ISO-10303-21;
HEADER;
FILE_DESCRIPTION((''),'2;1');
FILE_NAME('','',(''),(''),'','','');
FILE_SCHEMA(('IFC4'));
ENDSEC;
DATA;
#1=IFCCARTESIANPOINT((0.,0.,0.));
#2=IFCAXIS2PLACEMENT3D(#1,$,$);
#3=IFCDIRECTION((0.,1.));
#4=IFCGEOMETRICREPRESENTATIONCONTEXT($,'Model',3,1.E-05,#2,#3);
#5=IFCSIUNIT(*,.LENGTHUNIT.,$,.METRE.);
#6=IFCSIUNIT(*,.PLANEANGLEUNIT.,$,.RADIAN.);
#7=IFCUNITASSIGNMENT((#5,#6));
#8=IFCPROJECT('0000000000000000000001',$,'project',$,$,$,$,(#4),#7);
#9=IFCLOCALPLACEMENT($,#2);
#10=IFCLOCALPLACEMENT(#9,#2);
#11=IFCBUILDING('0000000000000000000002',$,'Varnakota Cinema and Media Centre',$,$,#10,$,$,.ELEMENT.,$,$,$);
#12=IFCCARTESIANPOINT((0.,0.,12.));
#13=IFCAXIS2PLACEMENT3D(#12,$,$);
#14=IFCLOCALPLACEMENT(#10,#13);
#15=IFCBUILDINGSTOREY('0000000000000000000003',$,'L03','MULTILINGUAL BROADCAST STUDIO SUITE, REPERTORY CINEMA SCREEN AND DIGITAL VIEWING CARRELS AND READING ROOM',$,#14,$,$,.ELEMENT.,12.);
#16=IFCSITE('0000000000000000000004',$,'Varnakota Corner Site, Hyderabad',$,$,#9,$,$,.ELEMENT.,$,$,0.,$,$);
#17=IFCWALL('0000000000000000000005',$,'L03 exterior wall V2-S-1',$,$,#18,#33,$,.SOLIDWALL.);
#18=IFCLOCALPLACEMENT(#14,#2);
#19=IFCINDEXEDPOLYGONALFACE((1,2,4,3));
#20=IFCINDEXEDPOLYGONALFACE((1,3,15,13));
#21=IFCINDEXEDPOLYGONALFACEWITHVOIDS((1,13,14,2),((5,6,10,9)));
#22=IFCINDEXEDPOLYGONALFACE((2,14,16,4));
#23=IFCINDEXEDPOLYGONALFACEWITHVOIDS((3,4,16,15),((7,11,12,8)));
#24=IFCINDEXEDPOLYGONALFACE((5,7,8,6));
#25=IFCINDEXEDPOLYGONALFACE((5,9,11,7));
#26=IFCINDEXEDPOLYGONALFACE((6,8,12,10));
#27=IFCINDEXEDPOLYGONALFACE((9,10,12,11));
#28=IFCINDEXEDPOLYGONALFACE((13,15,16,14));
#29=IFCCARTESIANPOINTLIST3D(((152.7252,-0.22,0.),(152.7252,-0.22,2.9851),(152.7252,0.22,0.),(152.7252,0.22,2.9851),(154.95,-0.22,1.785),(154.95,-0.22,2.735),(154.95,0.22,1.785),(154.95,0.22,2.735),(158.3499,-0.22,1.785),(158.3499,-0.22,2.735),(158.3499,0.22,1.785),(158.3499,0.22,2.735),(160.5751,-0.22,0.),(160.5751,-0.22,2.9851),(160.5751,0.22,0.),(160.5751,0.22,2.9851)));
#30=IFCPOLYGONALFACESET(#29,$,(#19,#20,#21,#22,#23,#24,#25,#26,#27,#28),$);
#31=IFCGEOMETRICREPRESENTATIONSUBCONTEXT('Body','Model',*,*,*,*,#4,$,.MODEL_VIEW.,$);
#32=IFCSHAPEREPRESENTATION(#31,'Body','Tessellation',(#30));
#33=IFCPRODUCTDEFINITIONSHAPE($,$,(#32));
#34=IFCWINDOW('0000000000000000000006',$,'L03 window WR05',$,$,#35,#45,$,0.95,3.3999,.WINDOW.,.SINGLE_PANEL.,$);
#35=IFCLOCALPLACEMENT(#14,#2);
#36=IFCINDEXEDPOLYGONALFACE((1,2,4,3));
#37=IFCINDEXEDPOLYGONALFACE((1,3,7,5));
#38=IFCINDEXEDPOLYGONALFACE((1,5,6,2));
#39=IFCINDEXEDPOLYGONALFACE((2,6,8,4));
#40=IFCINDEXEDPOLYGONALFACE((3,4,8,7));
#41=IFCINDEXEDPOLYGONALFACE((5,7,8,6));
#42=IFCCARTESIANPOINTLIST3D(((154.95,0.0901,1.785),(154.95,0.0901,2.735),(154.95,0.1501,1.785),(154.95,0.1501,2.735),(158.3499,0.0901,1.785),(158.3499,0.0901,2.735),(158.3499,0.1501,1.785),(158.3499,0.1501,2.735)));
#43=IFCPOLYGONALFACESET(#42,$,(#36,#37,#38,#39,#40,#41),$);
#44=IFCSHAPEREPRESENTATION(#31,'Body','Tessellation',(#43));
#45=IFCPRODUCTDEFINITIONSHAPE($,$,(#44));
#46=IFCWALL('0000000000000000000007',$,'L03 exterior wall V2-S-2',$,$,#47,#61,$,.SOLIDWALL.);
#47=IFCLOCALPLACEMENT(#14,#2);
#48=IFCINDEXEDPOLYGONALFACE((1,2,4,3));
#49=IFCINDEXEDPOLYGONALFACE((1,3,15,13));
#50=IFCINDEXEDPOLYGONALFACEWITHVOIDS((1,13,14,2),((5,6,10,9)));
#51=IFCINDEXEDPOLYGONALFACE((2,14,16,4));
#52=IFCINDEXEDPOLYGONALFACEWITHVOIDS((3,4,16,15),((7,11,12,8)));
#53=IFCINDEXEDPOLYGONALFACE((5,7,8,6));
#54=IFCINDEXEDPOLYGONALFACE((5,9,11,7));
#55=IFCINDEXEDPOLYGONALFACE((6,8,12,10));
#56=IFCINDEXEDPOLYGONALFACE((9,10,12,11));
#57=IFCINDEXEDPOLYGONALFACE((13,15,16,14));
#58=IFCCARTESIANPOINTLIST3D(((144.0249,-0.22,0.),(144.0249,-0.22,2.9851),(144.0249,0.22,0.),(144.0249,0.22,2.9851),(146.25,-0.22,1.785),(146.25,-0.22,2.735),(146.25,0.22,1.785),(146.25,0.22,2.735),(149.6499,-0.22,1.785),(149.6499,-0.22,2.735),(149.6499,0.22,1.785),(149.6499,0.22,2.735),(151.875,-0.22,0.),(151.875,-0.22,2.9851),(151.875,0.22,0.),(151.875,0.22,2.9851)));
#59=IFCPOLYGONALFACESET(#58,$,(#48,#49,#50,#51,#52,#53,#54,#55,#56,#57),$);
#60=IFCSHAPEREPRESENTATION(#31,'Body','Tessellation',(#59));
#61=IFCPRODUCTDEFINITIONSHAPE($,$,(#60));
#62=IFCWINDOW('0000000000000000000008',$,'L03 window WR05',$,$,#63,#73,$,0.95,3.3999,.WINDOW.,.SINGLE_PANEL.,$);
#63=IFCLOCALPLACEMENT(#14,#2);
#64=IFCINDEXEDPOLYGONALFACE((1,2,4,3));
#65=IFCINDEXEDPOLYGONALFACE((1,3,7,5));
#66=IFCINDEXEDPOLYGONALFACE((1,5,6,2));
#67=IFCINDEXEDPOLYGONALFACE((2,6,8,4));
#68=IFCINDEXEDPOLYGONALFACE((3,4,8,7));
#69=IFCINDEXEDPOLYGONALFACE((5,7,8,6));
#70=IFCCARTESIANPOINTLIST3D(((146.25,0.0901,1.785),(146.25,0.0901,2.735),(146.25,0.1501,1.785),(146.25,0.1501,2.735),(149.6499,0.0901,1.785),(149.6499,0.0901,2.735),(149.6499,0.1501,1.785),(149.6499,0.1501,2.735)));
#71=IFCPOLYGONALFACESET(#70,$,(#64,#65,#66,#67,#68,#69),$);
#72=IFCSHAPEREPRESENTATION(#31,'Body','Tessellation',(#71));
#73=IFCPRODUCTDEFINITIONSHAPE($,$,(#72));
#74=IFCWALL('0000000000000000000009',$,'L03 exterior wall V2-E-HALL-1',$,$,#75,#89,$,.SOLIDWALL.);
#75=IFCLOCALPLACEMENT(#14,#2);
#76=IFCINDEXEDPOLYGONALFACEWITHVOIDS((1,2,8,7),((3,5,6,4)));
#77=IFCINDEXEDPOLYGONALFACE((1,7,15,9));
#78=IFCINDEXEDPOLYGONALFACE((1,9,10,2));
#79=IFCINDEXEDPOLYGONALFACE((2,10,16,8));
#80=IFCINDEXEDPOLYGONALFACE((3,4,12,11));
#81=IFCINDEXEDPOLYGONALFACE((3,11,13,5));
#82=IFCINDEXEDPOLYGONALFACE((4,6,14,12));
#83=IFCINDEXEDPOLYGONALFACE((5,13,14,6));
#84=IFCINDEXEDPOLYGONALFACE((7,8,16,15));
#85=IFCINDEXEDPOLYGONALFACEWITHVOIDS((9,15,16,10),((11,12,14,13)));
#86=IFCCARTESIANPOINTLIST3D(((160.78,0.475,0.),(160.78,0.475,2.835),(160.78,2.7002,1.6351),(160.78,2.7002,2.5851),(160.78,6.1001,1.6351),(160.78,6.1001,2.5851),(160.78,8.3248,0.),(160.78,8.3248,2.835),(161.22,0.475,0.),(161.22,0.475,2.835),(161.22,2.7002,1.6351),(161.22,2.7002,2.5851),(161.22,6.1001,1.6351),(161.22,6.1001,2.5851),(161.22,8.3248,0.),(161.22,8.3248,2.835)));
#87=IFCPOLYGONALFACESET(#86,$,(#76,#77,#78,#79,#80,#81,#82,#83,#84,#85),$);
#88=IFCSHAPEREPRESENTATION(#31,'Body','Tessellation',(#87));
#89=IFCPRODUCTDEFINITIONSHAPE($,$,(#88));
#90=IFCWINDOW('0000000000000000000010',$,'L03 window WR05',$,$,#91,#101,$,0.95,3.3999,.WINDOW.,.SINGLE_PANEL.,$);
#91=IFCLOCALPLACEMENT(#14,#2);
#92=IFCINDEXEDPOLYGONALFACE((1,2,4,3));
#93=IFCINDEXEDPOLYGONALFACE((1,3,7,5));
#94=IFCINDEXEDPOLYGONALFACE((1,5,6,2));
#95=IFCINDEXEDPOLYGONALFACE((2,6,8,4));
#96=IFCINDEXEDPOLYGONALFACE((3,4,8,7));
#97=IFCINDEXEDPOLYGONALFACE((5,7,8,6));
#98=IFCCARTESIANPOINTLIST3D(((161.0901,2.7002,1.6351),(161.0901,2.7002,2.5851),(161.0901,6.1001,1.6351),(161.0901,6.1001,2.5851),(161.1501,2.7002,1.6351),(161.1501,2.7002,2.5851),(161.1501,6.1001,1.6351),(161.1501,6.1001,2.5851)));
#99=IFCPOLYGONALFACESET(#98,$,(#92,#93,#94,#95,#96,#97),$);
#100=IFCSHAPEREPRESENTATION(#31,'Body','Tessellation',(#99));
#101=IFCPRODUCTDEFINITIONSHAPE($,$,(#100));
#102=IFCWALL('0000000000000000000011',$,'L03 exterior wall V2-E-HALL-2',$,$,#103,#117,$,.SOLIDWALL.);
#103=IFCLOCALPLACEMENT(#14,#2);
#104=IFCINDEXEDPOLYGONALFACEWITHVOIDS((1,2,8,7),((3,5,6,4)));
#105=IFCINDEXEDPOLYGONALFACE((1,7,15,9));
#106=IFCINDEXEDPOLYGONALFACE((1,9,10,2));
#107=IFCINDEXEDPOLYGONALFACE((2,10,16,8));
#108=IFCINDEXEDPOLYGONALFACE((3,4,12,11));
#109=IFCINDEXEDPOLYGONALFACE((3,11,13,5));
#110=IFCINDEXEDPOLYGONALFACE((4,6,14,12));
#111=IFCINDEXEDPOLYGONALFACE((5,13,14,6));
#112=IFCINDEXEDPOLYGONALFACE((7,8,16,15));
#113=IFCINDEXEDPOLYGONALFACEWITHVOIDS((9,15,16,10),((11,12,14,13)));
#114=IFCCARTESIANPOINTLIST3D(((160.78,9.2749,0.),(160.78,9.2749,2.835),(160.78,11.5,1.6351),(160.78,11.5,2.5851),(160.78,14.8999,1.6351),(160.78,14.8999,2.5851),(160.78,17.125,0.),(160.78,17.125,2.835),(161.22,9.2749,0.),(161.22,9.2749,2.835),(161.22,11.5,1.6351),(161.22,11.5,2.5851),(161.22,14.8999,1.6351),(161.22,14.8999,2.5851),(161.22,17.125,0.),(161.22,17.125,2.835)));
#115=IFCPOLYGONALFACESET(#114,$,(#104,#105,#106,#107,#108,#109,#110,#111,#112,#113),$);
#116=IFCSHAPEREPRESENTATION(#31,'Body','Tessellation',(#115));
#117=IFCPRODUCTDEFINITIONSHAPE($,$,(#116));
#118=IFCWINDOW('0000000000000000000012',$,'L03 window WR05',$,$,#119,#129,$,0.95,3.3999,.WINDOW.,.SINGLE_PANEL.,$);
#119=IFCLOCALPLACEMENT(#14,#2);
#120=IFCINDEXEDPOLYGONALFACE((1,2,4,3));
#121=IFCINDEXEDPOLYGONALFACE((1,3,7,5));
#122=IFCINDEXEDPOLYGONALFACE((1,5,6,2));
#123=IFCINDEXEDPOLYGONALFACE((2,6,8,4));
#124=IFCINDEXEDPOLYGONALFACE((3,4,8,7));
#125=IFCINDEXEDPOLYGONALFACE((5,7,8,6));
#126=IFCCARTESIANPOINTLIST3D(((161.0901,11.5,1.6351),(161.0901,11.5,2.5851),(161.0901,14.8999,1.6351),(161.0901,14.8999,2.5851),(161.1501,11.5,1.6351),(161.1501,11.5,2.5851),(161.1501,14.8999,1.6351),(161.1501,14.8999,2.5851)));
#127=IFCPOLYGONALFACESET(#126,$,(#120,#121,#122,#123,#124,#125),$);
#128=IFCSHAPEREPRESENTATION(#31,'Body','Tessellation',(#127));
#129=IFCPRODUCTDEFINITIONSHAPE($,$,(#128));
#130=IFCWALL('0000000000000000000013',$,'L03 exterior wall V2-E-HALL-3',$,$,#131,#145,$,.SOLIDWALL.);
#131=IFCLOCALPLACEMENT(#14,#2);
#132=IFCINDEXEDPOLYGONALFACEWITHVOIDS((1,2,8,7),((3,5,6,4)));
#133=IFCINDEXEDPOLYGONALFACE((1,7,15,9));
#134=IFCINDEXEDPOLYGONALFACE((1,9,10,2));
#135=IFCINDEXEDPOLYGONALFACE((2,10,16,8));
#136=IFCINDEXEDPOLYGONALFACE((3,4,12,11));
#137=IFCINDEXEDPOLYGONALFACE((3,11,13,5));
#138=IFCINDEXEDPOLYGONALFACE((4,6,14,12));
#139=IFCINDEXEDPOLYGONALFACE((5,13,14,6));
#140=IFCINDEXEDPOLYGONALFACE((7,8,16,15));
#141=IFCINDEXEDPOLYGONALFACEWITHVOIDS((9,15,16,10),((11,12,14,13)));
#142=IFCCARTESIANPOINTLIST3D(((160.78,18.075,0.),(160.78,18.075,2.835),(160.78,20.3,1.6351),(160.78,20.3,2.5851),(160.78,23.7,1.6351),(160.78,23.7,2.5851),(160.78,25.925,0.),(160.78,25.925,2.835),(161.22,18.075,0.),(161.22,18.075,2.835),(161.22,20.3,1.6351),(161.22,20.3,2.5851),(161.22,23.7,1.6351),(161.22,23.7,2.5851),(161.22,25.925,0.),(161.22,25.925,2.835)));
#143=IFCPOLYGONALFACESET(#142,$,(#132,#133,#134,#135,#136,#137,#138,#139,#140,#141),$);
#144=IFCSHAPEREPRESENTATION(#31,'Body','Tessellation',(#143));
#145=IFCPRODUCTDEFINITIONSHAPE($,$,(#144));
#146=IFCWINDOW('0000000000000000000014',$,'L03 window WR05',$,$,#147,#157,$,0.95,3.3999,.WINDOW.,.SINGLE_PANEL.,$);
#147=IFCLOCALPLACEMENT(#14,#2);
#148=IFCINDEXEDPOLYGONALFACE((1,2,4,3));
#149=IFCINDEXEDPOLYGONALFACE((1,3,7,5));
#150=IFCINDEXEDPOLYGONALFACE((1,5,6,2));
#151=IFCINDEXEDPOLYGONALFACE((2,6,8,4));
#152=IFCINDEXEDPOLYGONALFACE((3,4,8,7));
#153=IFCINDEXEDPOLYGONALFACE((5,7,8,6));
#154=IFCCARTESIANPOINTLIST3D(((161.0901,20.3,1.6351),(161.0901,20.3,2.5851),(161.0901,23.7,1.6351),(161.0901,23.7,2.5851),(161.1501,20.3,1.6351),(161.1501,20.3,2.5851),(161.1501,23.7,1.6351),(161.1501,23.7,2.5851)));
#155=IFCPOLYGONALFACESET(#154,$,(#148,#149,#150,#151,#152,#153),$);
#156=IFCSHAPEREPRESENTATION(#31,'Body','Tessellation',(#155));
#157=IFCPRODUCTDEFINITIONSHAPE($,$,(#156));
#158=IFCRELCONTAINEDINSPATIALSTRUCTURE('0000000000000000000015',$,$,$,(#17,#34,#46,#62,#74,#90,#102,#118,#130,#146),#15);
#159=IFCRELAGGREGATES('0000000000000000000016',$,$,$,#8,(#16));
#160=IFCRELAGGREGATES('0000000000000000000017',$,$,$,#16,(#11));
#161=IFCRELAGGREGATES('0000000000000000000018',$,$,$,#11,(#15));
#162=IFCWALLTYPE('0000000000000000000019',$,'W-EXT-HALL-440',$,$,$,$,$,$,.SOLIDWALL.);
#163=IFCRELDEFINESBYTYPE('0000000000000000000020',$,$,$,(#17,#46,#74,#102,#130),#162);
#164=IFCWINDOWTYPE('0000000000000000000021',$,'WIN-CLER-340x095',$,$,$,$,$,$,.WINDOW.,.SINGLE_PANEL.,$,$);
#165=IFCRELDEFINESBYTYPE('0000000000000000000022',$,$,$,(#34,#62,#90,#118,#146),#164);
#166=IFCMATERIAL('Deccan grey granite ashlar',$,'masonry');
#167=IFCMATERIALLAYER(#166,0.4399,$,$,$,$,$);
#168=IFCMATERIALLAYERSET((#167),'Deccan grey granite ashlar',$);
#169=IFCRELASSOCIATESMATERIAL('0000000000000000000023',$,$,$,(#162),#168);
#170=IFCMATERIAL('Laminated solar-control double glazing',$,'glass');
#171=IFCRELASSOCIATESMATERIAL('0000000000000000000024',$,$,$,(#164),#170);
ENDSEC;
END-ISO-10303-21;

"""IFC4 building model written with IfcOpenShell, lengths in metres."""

from ifc_helpers import new_model, si_unit, direction, frame, frame_2d, origin, place, context, subcontext, project, spatial, rectangle, extrude, material, layer, layer_set, type_object, element, fill, save


model = new_model("IFC4")

# Units and contexts
model_context = context("Model", 3, precision=1e-05, world=origin(), true_north=direction((0.0, 1.0)))
body_context = subcontext(model_context, "Body", "Model", "MODEL_VIEW")
ifc_project = project(units=[si_unit("LENGTHUNIT", "METRE"), si_unit("PLANEANGLEUNIT", "RADIAN")], contexts=[model_context])

# Site, building, storey
site_placement = place(None, origin())
site = spatial("IfcSite", under=ifc_project, at=site_placement, Name="Varnakota Corner Site, Hyderabad", CompositionType="ELEMENT", RefElevation=0.0)
building_placement = place(site_placement, origin())
building = spatial("IfcBuilding", under=site, at=building_placement, Name="Varnakota Cinema and Media Centre", CompositionType="ELEMENT")
storey_placement = place(building_placement, frame((0.0, 0.0, 12.0)))
storey = spatial("IfcBuildingStorey", under=building, at=storey_placement, Name="L03", Description="MULTILINGUAL BROADCAST STUDIO SUITE, REPERTORY CINEMA SCREEN AND DIGITAL VIEWING CARRELS AND READING ROOM", CompositionType="ELEMENT", Elevation=12.0)

# Walls, openings, windows
ifc_material_1 = material(Name="Deccan grey granite ashlar", Category="masonry")
ifc_layer_1 = layer(ifc_material_1, 0.4399)
ifc_layer_set_1 = layer_set([ifc_layer_1], Name="Deccan grey granite ashlar")
wall_type = type_object("IfcWallType", Name="W-EXT-HALL-440", PredefinedType="SOLIDWALL", material=ifc_layer_set_1)
wall_1_placement = place(storey_placement, frame((160.575, 0.0, 0.0), z_axis=(0.0, 0.0, 1.0), x_axis=(-1.0, 0.0, 0.0)))
wall_1 = element("IfcWall", 1, at=wall_1_placement, inside=storey, type_object=wall_type, Name="L03 exterior wall V2-S-1", PredefinedType="SOLIDWALL", context=body_context, shape_type="SweptSolid", body=[
    extrude(rectangle(XDim=7.8499, YDim=0.4399, at=frame_2d((3.9248, 0.0))), origin(), (0.0, 0.0, 1.0), 2.9851),
])
opening_1_placement = place(wall_1_placement, frame((2.2251, 0.0, 1.7849)))
opening_1 = element("IfcOpeningElement", 2, at=opening_1_placement, cuts=wall_1, PredefinedType="OPENING", context=body_context, shape_type="SweptSolid", body=[
    extrude(rectangle(XDim=3.3999, YDim=0.95, at=frame_2d((1.7, 0.4751))), frame((0.0, 0.22, 0.0), z_axis=(0.0, -1.0, 0.0), x_axis=(1.0, 0.0, 0.0)), (0.0, 0.0, 1.0), 0.4399),
])
ifc_material_2 = material(Name="Laminated solar-control double glazing", Category="glass")
window_type = type_object("IfcWindowType", Name="WIN-CLER-340x095", PartitioningType="SINGLE_PANEL", PredefinedType="WINDOW", material=ifc_material_2)
window_1_placement = place(opening_1_placement, origin())
window_1 = element("IfcWindow", 3, at=window_1_placement, inside=storey, type_object=window_type, Name="L03 window WR05", OverallHeight=0.95, OverallWidth=3.3999, PartitioningType="SINGLE_PANEL", PredefinedType="WINDOW", context=body_context, shape_type="SweptSolid", body=[
    extrude(rectangle(XDim=3.3999, YDim=0.95, at=frame_2d((1.7, 0.4751))), frame((0.0, -0.0901, 0.0), z_axis=(0.0, -1.0, 0.0), x_axis=(1.0, 0.0, 0.0)), (0.0, 0.0, 1.0), 0.0601),
])
fill(opening_1, window_1)
wall_2_placement = place(storey_placement, frame((151.875, 0.0, 0.0), z_axis=(0.0, 0.0, 1.0), x_axis=(-1.0, 0.0, 0.0)))
wall_2 = element("IfcWall", 4, at=wall_2_placement, inside=storey, type_object=wall_type, Name="L03 exterior wall V2-S-2", PredefinedType="SOLIDWALL", context=body_context, shape_type="SweptSolid", body=[
    extrude(rectangle(XDim=7.8501, YDim=0.4399, at=frame_2d((3.925, 0.0))), origin(), (0.0, 0.0, 1.0), 2.9851),
])
opening_2_placement = place(wall_2_placement, frame((2.2251, 0.0, 1.7849)))
opening_2 = element("IfcOpeningElement", 5, at=opening_2_placement, cuts=wall_2, PredefinedType="OPENING", context=body_context, shape_type="SweptSolid", body=[
    extrude(rectangle(XDim=3.3999, YDim=0.95, at=frame_2d((1.7, 0.4751))), frame((0.0, 0.22, 0.0), z_axis=(0.0, -1.0, 0.0), x_axis=(1.0, 0.0, 0.0)), (0.0, 0.0, 1.0), 0.4399),
])
window_2_placement = place(opening_2_placement, origin())
window_2 = element("IfcWindow", 6, at=window_2_placement, inside=storey, type_object=window_type, Name="L03 window WR05", OverallHeight=0.95, OverallWidth=3.3999, PartitioningType="SINGLE_PANEL", PredefinedType="WINDOW", context=body_context, shape_type="SweptSolid", body=[
    extrude(rectangle(XDim=3.3999, YDim=0.95, at=frame_2d((1.7, 0.4751))), frame((0.0, -0.0901, 0.0), z_axis=(0.0, -1.0, 0.0), x_axis=(1.0, 0.0, 0.0)), (0.0, 0.0, 1.0), 0.0601),
])
fill(opening_2, window_2)
wall_3_placement = place(storey_placement, frame((161.0, 0.4751, 0.0), z_axis=(0.0, 0.0, 1.0), x_axis=(0.0, 1.0, 0.0)))
wall_3 = element("IfcWall", 7, at=wall_3_placement, inside=storey, type_object=wall_type, Name="L03 exterior wall V2-E-HALL-1", PredefinedType="SOLIDWALL", context=body_context, shape_type="SweptSolid", body=[
    extrude(rectangle(XDim=7.8499, YDim=0.4399, at=frame_2d((3.9248, 0.0))), origin(), (0.0, 0.0, 1.0), 2.835),
])
opening_3_placement = place(wall_3_placement, frame((2.2251, 0.0, 1.635)))
opening_3 = element("IfcOpeningElement", 8, at=opening_3_placement, cuts=wall_3, PredefinedType="OPENING", context=body_context, shape_type="SweptSolid", body=[
    extrude(rectangle(XDim=3.3999, YDim=0.95, at=frame_2d((1.7, 0.4751))), frame((0.0, 0.22, 0.0), z_axis=(0.0, -1.0, 0.0), x_axis=(1.0, 0.0, 0.0)), (0.0, 0.0, 1.0), 0.4399),
])
window_3_placement = place(opening_3_placement, origin())
window_3 = element("IfcWindow", 9, at=window_3_placement, inside=storey, type_object=window_type, Name="L03 window WR05", OverallHeight=0.95, OverallWidth=3.3999, PartitioningType="SINGLE_PANEL", PredefinedType="WINDOW", context=body_context, shape_type="SweptSolid", body=[
    extrude(rectangle(XDim=3.3999, YDim=0.95, at=frame_2d((1.7, 0.4751))), frame((0.0, -0.0901, 0.0), z_axis=(0.0, -1.0, 0.0), x_axis=(1.0, 0.0, 0.0)), (0.0, 0.0, 1.0), 0.0601),
])
fill(opening_3, window_3)
wall_4_placement = place(storey_placement, frame((161.0, 9.2749, 0.0), z_axis=(0.0, 0.0, 1.0), x_axis=(0.0, 1.0, 0.0)))
wall_4 = element("IfcWall", 10, at=wall_4_placement, inside=storey, type_object=wall_type, Name="L03 exterior wall V2-E-HALL-2", PredefinedType="SOLIDWALL", context=body_context, shape_type="SweptSolid", body=[
    extrude(rectangle(XDim=7.8501, YDim=0.4399, at=frame_2d((3.925, 0.0))), origin(), (0.0, 0.0, 1.0), 2.835),
])
opening_4_placement = place(wall_4_placement, frame((2.2251, 0.0, 1.635)))
opening_4 = element("IfcOpeningElement", 11, at=opening_4_placement, cuts=wall_4, PredefinedType="OPENING", context=body_context, shape_type="SweptSolid", body=[
    extrude(rectangle(XDim=3.3999, YDim=0.95, at=frame_2d((1.7, 0.4751))), frame((0.0, 0.22, 0.0), z_axis=(0.0, -1.0, 0.0), x_axis=(1.0, 0.0, 0.0)), (0.0, 0.0, 1.0), 0.4399),
])
window_4_placement = place(opening_4_placement, origin())
window_4 = element("IfcWindow", 12, at=window_4_placement, inside=storey, type_object=window_type, Name="L03 window WR05", OverallHeight=0.95, OverallWidth=3.3999, PartitioningType="SINGLE_PANEL", PredefinedType="WINDOW", context=body_context, shape_type="SweptSolid", body=[
    extrude(rectangle(XDim=3.3999, YDim=0.95, at=frame_2d((1.7, 0.4751))), frame((0.0, -0.0901, 0.0), z_axis=(0.0, -1.0, 0.0), x_axis=(1.0, 0.0, 0.0)), (0.0, 0.0, 1.0), 0.0601),
])
fill(opening_4, window_4)
wall_5_placement = place(storey_placement, frame((161.0, 18.075, 0.0), z_axis=(0.0, 0.0, 1.0), x_axis=(0.0, 1.0, 0.0)))
wall_5 = element("IfcWall", 13, at=wall_5_placement, inside=storey, type_object=wall_type, Name="L03 exterior wall V2-E-HALL-3", PredefinedType="SOLIDWALL", context=body_context, shape_type="SweptSolid", body=[
    extrude(rectangle(XDim=7.8501, YDim=0.4399, at=frame_2d((3.925, 0.0))), origin(), (0.0, 0.0, 1.0), 2.835),
])
opening_5_placement = place(wall_5_placement, frame((2.2251, 0.0, 1.635)))
opening_5 = element("IfcOpeningElement", 14, at=opening_5_placement, cuts=wall_5, PredefinedType="OPENING", context=body_context, shape_type="SweptSolid", body=[
    extrude(rectangle(XDim=3.3999, YDim=0.95, at=frame_2d((1.7, 0.4751))), frame((0.0, 0.22, 0.0), z_axis=(0.0, -1.0, 0.0), x_axis=(1.0, 0.0, 0.0)), (0.0, 0.0, 1.0), 0.4399),
])
window_5_placement = place(opening_5_placement, origin())
window_5 = element("IfcWindow", 15, at=window_5_placement, inside=storey, type_object=window_type, Name="L03 window WR05", OverallHeight=0.95, OverallWidth=3.3999, PartitioningType="SINGLE_PANEL", PredefinedType="WINDOW", context=body_context, shape_type="SweptSolid", body=[
    extrude(rectangle(XDim=3.3999, YDim=0.95, at=frame_2d((1.7, 0.4751))), frame((0.0, -0.0901, 0.0), z_axis=(0.0, -1.0, 0.0), x_axis=(1.0, 0.0, 0.0)), (0.0, 0.0, 1.0), 0.0601),
])
fill(opening_5, window_5)

save(model, "model.ifc")
